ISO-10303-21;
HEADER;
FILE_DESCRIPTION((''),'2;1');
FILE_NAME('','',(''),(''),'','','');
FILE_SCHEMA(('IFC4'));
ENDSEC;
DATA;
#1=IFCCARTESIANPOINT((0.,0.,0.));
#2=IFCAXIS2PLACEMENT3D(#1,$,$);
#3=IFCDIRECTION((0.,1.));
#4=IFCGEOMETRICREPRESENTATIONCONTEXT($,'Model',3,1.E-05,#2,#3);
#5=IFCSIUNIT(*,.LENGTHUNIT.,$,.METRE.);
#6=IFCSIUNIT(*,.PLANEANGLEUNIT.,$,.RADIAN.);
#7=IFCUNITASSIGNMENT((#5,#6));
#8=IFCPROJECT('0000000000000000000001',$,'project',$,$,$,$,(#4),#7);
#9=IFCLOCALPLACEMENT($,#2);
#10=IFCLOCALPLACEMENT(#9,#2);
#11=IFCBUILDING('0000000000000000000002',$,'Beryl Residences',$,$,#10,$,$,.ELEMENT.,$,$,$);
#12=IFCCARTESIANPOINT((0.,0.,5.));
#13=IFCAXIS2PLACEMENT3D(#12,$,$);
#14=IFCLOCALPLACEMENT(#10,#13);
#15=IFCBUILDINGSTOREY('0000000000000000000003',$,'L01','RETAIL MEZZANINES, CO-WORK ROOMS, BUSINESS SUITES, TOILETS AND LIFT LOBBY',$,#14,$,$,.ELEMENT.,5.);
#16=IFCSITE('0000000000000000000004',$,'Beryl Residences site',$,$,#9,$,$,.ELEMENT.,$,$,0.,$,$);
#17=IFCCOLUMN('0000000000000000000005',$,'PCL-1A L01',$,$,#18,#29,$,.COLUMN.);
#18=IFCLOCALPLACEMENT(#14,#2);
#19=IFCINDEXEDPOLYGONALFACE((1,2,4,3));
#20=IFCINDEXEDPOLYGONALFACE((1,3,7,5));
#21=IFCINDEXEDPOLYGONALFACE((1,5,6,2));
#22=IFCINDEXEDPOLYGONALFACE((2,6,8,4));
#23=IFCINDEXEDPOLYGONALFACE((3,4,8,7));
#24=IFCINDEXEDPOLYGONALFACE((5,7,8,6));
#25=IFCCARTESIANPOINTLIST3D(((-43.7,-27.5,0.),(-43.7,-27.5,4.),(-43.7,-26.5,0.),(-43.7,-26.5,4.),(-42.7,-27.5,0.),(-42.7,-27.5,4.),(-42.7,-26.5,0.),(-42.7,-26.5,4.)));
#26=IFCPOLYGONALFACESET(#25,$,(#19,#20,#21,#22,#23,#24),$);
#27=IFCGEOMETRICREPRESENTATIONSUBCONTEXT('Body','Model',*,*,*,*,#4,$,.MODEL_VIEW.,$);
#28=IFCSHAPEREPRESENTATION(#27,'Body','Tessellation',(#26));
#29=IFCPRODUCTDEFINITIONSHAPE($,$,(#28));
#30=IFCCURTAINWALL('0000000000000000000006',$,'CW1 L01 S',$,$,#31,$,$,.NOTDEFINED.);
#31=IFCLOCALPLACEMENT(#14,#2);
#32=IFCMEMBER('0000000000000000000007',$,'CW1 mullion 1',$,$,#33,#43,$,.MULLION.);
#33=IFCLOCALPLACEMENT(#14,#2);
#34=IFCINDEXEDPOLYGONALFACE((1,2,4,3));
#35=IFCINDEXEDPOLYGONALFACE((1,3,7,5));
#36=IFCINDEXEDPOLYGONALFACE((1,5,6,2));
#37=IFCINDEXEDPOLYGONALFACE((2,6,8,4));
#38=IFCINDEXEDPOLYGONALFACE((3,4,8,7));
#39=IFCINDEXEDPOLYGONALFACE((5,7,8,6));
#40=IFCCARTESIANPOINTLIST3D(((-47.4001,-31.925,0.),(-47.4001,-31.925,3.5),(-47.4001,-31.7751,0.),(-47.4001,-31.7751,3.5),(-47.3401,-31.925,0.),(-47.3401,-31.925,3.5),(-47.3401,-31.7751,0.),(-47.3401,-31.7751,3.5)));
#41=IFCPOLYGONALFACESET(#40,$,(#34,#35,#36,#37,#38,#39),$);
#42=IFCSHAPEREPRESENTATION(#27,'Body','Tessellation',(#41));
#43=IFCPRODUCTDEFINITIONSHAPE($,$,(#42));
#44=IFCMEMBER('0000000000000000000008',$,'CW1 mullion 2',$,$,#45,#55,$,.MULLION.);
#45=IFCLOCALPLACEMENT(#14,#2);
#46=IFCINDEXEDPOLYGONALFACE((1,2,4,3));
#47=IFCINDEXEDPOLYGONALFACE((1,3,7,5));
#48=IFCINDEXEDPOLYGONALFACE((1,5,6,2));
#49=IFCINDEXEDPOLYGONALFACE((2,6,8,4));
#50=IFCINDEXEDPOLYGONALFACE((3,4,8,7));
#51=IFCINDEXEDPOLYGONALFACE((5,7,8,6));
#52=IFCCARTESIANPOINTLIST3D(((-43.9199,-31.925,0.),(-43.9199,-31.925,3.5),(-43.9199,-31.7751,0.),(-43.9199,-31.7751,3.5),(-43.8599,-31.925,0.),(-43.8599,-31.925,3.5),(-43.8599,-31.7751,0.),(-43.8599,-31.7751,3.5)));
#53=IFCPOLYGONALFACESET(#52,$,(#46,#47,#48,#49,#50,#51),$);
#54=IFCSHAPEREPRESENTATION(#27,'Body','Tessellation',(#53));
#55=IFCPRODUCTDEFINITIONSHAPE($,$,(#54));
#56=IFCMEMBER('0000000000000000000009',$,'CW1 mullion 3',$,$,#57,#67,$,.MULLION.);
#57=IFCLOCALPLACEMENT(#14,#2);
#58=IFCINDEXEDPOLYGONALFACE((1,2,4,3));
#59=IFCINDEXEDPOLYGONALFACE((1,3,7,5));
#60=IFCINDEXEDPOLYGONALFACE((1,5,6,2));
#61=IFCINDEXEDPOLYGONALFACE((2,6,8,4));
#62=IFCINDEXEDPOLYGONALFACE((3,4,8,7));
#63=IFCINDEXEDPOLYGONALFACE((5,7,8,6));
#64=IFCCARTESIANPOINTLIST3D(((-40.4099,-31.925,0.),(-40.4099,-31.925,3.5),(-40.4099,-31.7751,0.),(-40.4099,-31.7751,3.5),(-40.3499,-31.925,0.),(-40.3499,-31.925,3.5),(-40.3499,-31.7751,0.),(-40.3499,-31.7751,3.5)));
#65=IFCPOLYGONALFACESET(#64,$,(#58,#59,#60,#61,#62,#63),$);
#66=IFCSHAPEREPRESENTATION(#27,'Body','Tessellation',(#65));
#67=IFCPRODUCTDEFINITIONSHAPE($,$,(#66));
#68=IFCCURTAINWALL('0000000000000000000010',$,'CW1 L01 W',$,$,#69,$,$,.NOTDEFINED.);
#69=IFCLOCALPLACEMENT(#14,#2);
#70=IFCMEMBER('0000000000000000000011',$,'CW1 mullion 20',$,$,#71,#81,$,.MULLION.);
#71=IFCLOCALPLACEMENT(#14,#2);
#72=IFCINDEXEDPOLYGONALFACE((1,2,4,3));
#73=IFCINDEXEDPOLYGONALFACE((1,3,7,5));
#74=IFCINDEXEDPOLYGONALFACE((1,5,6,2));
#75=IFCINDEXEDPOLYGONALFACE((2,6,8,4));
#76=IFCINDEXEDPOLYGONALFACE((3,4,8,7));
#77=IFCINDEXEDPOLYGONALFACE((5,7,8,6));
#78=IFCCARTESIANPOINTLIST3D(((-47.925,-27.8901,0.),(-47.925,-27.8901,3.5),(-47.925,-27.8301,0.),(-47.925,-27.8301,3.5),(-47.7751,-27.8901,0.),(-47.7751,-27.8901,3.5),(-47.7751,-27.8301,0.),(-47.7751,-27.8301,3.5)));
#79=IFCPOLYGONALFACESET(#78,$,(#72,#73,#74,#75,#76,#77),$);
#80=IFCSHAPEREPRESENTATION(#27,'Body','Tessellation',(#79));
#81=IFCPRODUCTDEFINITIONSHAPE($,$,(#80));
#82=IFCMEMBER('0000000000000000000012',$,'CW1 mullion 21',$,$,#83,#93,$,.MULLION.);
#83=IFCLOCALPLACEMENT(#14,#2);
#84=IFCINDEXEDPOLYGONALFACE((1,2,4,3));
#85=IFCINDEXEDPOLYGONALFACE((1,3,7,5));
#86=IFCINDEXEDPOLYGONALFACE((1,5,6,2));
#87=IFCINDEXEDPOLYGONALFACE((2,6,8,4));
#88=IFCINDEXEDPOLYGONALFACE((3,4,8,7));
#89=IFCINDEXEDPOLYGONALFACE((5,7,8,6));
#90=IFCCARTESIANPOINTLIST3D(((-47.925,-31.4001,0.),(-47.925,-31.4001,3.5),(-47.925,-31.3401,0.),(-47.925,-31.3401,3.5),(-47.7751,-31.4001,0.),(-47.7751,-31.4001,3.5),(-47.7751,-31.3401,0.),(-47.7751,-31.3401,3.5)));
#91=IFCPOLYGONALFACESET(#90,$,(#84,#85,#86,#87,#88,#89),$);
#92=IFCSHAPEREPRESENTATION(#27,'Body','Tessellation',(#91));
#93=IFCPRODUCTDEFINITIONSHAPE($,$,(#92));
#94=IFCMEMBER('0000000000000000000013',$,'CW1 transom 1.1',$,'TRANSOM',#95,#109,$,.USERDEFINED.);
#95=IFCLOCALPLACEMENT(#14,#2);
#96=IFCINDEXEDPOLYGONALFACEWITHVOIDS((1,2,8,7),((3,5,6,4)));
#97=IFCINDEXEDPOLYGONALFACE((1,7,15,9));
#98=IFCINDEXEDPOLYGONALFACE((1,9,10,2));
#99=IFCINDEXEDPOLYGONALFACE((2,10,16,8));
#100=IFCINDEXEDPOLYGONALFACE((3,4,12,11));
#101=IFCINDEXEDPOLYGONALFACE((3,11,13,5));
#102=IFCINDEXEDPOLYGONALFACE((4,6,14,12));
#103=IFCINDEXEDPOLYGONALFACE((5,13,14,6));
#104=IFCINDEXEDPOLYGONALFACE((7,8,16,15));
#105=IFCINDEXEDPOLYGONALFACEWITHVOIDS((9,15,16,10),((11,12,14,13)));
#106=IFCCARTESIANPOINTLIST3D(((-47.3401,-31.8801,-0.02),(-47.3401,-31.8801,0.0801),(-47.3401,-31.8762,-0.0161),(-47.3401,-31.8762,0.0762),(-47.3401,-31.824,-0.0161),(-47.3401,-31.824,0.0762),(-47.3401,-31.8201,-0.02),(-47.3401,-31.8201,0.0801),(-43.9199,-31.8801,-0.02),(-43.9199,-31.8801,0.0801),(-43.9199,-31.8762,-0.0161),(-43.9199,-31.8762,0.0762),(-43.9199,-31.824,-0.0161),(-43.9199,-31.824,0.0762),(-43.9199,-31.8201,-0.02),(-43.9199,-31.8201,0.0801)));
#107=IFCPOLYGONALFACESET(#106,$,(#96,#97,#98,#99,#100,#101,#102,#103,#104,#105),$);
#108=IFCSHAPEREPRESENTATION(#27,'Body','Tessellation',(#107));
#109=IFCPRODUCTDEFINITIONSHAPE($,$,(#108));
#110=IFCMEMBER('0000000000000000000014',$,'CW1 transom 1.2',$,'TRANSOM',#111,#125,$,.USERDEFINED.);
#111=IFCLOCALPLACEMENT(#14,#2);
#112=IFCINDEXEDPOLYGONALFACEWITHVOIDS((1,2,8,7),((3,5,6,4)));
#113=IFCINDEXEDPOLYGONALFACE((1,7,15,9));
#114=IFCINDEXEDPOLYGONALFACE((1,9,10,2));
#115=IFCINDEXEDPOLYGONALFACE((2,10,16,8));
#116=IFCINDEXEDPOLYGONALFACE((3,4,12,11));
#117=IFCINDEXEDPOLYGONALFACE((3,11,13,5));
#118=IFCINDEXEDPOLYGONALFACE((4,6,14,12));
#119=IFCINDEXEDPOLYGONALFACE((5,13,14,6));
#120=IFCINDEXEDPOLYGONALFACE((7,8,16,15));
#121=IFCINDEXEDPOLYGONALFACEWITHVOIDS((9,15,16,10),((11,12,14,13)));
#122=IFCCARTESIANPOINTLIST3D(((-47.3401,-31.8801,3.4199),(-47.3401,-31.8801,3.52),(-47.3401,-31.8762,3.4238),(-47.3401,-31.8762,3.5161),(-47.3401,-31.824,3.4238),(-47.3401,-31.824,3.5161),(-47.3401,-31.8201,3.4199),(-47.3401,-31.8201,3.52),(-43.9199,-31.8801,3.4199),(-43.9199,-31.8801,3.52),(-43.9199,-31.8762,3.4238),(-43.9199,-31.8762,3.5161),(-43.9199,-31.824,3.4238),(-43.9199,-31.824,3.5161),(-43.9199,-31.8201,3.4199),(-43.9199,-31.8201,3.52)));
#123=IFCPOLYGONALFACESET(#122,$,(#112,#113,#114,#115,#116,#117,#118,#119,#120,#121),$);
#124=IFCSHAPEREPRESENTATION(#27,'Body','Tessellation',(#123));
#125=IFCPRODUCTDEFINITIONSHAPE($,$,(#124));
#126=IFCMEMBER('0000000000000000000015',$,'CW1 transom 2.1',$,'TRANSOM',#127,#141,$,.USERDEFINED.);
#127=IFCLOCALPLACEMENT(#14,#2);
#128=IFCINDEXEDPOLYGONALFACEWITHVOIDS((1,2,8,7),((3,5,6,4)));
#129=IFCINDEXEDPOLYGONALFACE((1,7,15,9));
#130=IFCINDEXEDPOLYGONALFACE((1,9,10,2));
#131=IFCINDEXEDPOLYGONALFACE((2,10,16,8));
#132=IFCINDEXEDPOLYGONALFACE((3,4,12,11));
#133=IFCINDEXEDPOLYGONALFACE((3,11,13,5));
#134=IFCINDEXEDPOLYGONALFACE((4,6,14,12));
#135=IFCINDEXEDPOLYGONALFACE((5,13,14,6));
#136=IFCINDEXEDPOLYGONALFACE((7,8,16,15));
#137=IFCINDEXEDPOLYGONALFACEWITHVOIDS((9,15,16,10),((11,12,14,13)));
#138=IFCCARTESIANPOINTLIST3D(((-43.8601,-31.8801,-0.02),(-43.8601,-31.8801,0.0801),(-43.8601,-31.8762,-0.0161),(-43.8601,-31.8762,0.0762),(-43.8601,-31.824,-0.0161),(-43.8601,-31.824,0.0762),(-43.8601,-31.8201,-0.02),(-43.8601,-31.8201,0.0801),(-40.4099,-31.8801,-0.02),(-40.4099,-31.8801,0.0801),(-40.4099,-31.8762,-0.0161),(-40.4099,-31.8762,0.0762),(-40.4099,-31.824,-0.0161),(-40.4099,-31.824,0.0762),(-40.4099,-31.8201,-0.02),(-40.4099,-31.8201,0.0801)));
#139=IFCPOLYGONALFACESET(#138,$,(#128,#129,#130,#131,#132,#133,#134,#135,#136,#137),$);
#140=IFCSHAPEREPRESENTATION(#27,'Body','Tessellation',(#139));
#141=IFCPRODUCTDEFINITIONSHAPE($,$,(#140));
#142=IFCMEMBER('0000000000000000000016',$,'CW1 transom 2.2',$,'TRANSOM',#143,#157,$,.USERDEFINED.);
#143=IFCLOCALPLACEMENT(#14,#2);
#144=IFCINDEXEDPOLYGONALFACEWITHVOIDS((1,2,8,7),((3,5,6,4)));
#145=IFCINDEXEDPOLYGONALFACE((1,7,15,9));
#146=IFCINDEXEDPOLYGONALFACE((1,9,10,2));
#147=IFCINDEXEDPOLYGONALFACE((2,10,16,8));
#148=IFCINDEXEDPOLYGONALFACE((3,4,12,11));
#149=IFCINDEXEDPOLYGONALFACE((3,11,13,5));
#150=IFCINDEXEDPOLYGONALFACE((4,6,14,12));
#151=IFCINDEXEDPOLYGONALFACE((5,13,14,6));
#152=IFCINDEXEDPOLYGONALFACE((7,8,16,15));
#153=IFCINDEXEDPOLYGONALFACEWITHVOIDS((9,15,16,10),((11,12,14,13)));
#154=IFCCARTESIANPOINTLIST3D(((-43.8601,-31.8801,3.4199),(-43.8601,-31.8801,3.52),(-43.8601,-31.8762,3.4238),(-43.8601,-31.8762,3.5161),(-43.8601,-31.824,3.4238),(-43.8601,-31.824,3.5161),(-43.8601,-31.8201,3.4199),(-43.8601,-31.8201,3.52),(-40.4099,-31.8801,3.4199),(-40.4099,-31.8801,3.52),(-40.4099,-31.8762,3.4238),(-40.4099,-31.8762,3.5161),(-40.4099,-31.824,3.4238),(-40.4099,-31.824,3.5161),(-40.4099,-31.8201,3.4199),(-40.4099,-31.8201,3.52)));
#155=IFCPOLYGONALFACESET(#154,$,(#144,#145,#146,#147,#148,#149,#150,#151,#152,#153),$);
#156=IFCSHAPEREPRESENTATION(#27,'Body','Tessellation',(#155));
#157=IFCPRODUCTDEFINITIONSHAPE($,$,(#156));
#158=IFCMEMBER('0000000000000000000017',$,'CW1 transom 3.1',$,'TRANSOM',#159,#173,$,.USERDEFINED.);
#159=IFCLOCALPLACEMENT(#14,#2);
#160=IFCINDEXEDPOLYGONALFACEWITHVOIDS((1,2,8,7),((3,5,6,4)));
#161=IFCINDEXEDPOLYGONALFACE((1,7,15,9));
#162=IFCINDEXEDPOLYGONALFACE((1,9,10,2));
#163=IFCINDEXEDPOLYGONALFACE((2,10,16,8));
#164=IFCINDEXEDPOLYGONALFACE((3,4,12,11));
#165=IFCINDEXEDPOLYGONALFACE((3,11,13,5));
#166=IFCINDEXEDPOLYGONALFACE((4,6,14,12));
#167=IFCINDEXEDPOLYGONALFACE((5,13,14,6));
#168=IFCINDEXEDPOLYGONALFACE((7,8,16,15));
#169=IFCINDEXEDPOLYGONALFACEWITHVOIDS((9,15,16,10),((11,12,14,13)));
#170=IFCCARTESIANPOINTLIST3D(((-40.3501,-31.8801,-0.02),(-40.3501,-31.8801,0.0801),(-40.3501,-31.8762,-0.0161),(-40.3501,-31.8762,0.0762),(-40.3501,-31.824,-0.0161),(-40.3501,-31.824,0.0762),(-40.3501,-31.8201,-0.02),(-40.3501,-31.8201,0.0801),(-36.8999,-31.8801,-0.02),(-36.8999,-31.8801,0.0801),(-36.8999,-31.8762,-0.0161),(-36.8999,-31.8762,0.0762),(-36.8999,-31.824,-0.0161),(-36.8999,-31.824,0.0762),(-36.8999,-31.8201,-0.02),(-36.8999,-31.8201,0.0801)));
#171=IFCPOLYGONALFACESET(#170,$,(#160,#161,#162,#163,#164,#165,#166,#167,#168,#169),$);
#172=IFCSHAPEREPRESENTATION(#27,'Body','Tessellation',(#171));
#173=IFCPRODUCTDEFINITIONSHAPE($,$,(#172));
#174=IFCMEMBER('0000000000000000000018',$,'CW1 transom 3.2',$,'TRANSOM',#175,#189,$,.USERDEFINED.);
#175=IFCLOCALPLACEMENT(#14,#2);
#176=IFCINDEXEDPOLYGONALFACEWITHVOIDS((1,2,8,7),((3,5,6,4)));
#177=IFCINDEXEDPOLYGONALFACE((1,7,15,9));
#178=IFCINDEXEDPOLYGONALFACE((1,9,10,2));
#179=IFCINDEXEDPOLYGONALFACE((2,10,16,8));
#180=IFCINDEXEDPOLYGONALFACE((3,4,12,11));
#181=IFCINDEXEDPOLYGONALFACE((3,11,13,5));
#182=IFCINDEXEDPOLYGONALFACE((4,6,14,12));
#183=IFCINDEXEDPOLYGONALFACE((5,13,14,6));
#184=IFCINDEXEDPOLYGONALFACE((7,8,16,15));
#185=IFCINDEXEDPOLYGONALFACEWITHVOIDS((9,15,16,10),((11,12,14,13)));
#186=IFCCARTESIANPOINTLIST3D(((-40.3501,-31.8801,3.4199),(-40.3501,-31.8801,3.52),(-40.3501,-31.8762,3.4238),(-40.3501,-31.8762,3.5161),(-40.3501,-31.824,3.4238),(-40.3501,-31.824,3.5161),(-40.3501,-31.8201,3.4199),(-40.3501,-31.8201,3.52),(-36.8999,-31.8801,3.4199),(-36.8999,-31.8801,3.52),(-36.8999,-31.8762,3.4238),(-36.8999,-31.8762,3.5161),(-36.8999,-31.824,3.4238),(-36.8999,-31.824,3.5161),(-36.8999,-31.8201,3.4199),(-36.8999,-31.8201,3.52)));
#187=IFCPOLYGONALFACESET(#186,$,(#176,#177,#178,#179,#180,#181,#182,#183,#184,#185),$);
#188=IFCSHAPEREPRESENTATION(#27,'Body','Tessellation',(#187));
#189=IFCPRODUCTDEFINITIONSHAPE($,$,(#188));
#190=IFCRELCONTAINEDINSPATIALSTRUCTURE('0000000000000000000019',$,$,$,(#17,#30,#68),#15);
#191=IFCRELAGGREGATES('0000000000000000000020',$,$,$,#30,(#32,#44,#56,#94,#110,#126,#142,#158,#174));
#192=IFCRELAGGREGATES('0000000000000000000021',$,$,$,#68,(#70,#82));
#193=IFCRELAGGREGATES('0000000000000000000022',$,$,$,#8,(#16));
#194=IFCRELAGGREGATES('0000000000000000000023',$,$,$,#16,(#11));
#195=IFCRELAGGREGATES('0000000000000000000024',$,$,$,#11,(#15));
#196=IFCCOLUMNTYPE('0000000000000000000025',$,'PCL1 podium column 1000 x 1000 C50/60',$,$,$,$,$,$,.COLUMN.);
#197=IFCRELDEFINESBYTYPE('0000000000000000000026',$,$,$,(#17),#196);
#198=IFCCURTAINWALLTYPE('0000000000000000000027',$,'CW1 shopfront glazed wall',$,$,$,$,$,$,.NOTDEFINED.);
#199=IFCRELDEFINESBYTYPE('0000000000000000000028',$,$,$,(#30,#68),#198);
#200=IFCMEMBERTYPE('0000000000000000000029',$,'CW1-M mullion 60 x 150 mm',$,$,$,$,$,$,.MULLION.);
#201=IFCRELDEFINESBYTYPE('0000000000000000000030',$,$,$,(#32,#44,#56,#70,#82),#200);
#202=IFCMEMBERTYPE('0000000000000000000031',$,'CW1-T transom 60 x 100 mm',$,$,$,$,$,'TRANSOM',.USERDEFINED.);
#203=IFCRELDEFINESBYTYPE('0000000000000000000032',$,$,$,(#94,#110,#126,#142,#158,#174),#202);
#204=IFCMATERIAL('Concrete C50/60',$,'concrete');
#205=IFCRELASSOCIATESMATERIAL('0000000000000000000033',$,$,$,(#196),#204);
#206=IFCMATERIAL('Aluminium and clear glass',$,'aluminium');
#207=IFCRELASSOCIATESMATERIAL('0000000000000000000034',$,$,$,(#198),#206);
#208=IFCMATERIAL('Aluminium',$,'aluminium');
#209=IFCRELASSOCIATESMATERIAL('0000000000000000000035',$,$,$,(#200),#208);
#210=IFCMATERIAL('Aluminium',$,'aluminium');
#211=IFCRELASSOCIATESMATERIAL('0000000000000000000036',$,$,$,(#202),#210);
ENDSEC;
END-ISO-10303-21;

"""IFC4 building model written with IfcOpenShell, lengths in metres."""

from ifc_helpers import new_model, si_unit, direction, frame, origin, origin_2d, place, context, subcontext, project, spatial, rectangle, hollow_rectangle, extrude, material, material_profile, profile_set, type_object, element, aggregate, save


model = new_model("IFC4")

# Units and contexts
model_context = context("Model", 3, precision=1e-05, world=origin(), true_north=direction((0.0, 1.0)))
body_context = subcontext(model_context, "Body", "Model", "MODEL_VIEW")
ifc_project = project(units=[si_unit("LENGTHUNIT", "METRE"), si_unit("PLANEANGLEUNIT", "RADIAN")], contexts=[model_context])

# Site, building, storey
site_placement = place(None, origin())
site = spatial("IfcSite", under=ifc_project, at=site_placement, Name="Beryl Residences site", CompositionType="ELEMENT", RefElevation=0.0)
building_placement = place(site_placement, origin())
building = spatial("IfcBuilding", under=site, at=building_placement, Name="Beryl Residences", CompositionType="ELEMENT")
storey_placement = place(building_placement, frame((0.0, 0.0, 5.0)))
storey = spatial("IfcBuildingStorey", under=building, at=storey_placement, Name="L01", Description="RETAIL MEZZANINES, CO-WORK ROOMS, BUSINESS SUITES, TOILETS AND LIFT LOBBY", CompositionType="ELEMENT", Elevation=5.0)

# Column
ifc_material_1 = material(Name="Concrete C50/60", Category="concrete")
ifc_material_profile_1 = material_profile(ifc_material_1, rectangle(XDim=1.0, YDim=1.0, at=origin_2d()))
ifc_profile_set_1 = profile_set([ifc_material_profile_1], Name="Concrete C50/60")
column_type = type_object("IfcColumnType", Name="PCL1 podium column 1000 x 1000 C50/60", PredefinedType="COLUMN", material=ifc_profile_set_1)
column_placement = place(storey_placement, frame((-43.2, -27.0, 0.0), z_axis=(0.0, 0.0, 1.0), x_axis=(1.0, 0.0, 0.0)))
element("IfcColumn", 1, at=column_placement, inside=storey, type_object=column_type, Name="PCL-1A L01", PredefinedType="COLUMN", context=body_context, shape_type="SweptSolid", body=[
    extrude(rectangle(XDim=1.0, YDim=1.0, at=origin_2d()), origin(), (0.0, 0.0, 1.0), 4.0),
])

# Curtain walls, members
ifc_material_2 = material(Name="Aluminium and clear glass", Category="aluminium")
curtain_wall_type = type_object("IfcCurtainWallType", Name="CW1 shopfront glazed wall", PredefinedType="NOTDEFINED", material=ifc_material_2)
curtain_wall_1_placement = place(storey_placement, origin())
curtain_wall_1 = element("IfcCurtainWall", 2, at=curtain_wall_1_placement, inside=storey, type_object=curtain_wall_type, Name="CW1 L01 S", PredefinedType="NOTDEFINED")
ifc_material_3 = material(Name="Aluminium", Category="aluminium")
ifc_material_profile_2 = material_profile(ifc_material_3, rectangle(XDim=0.0601, YDim=0.1499, at=origin_2d()))
ifc_profile_set_2 = profile_set([ifc_material_profile_2], Name="Aluminium")
member_type_1 = type_object("IfcMemberType", Name="CW1-M mullion 60 x 150 mm", PredefinedType="MULLION", material=ifc_profile_set_2)
member_1_placement = place(storey_placement, frame((-47.3701, -31.8501, 0.0), z_axis=(0.0, 0.0, 1.0), x_axis=(1.0, 0.0, 0.0)))
member_1 = element("IfcMember", 3, at=member_1_placement, type_object=member_type_1, Name="CW1 mullion 1", PredefinedType="MULLION", context=body_context, shape_type="SweptSolid", body=[
    extrude(rectangle(XDim=0.0601, YDim=0.1499, at=origin_2d()), origin(), (0.0, 0.0, 1.0), 3.5),
])
member_2_placement = place(storey_placement, frame((-43.8899, -31.8501, 0.0), z_axis=(0.0, 0.0, 1.0), x_axis=(1.0, 0.0, 0.0)))
member_2 = element("IfcMember", 4, at=member_2_placement, type_object=member_type_1, Name="CW1 mullion 2", PredefinedType="MULLION", context=body_context, shape_type="SweptSolid", body=[
    extrude(rectangle(XDim=0.0601, YDim=0.1499, at=origin_2d()), origin(), (0.0, 0.0, 1.0), 3.5),
])
member_3_placement = place(storey_placement, frame((-40.3799, -31.8501, 0.0), z_axis=(0.0, 0.0, 1.0), x_axis=(1.0, 0.0, 0.0)))
member_3 = element("IfcMember", 5, at=member_3_placement, type_object=member_type_1, Name="CW1 mullion 3", PredefinedType="MULLION", context=body_context, shape_type="SweptSolid", body=[
    extrude(rectangle(XDim=0.0601, YDim=0.1499, at=origin_2d()), origin(), (0.0, 0.0, 1.0), 3.5),
])
curtain_wall_2_placement = place(storey_placement, origin())
curtain_wall_2 = element("IfcCurtainWall", 6, at=curtain_wall_2_placement, inside=storey, type_object=curtain_wall_type, Name="CW1 L01 W", PredefinedType="NOTDEFINED")
member_4_placement = place(storey_placement, frame((-47.8501, -27.8601, 0.0), z_axis=(0.0, 0.0, 1.0), x_axis=(0.0, -1.0, 0.0)))
member_4 = element("IfcMember", 7, at=member_4_placement, type_object=member_type_1, Name="CW1 mullion 20", PredefinedType="MULLION", context=body_context, shape_type="SweptSolid", body=[
    extrude(rectangle(XDim=0.0601, YDim=0.1499, at=origin_2d()), origin(), (0.0, 0.0, 1.0), 3.5),
])
member_5_placement = place(storey_placement, frame((-47.8501, -31.3701, 0.0), z_axis=(0.0, 0.0, 1.0), x_axis=(0.0, -1.0, 0.0)))
member_5 = element("IfcMember", 8, at=member_5_placement, type_object=member_type_1, Name="CW1 mullion 21", PredefinedType="MULLION", context=body_context, shape_type="SweptSolid", body=[
    extrude(rectangle(XDim=0.0601, YDim=0.1499, at=origin_2d()), origin(), (0.0, 0.0, 1.0), 3.5),
])

# Members
ifc_material_4 = material(Name="Aluminium", Category="aluminium")
ifc_material_profile_3 = material_profile(ifc_material_4, hollow_rectangle(XDim=0.0601, YDim=0.1001, WallThickness=0.0039, at=origin_2d()))
ifc_profile_set_3 = profile_set([ifc_material_profile_3], Name="Aluminium")
member_type_2 = type_object("IfcMemberType", Name="CW1-T transom 60 x 100 mm", ElementType="TRANSOM", PredefinedType="USERDEFINED", material=ifc_profile_set_3)
member_6_placement = place(storey_placement, frame((-47.3401, -31.8501, 0.03), z_axis=(1.0, 0.0, 0.0), x_axis=(0.0, 1.0, 0.0)))
member_6 = element("IfcMember", 9, at=member_6_placement, type_object=member_type_2, Name="CW1 transom 1.1", ObjectType="TRANSOM", PredefinedType="USERDEFINED", context=body_context, shape_type="SweptSolid", body=[
    extrude(hollow_rectangle(XDim=0.0601, YDim=0.1001, WallThickness=0.0039, at=origin_2d()), origin(), (0.0, 0.0, 1.0), 3.4202),
])
member_7_placement = place(storey_placement, frame((-47.3401, -31.8501, 3.47), z_axis=(1.0, 0.0, 0.0), x_axis=(0.0, 1.0, 0.0)))
member_7 = element("IfcMember", 10, at=member_7_placement, type_object=member_type_2, Name="CW1 transom 1.2", ObjectType="TRANSOM", PredefinedType="USERDEFINED", context=body_context, shape_type="SweptSolid", body=[
    extrude(hollow_rectangle(XDim=0.0601, YDim=0.1001, WallThickness=0.0039, at=origin_2d()), origin(), (0.0, 0.0, 1.0), 3.4202),
])
member_8_placement = place(storey_placement, frame((-43.8601, -31.8501, 0.03), z_axis=(1.0, 0.0, 0.0), x_axis=(0.0, 1.0, 0.0)))
member_8 = element("IfcMember", 11, at=member_8_placement, type_object=member_type_2, Name="CW1 transom 2.1", ObjectType="TRANSOM", PredefinedType="USERDEFINED", context=body_context, shape_type="SweptSolid", body=[
    extrude(hollow_rectangle(XDim=0.0601, YDim=0.1001, WallThickness=0.0039, at=origin_2d()), origin(), (0.0, 0.0, 1.0), 3.4502),
])
member_9_placement = place(storey_placement, frame((-43.8601, -31.8501, 3.47), z_axis=(1.0, 0.0, 0.0), x_axis=(0.0, 1.0, 0.0)))
member_9 = element("IfcMember", 12, at=member_9_placement, type_object=member_type_2, Name="CW1 transom 2.2", ObjectType="TRANSOM", PredefinedType="USERDEFINED", context=body_context, shape_type="SweptSolid", body=[
    extrude(hollow_rectangle(XDim=0.0601, YDim=0.1001, WallThickness=0.0039, at=origin_2d()), origin(), (0.0, 0.0, 1.0), 3.4502),
])
member_10_placement = place(storey_placement, frame((-40.3501, -31.8501, 0.03), z_axis=(1.0, 0.0, 0.0), x_axis=(0.0, 1.0, 0.0)))
member_10 = element("IfcMember", 13, at=member_10_placement, type_object=member_type_2, Name="CW1 transom 3.1", ObjectType="TRANSOM", PredefinedType="USERDEFINED", context=body_context, shape_type="SweptSolid", body=[
    extrude(hollow_rectangle(XDim=0.0601, YDim=0.1001, WallThickness=0.0039, at=origin_2d()), origin(), (0.0, 0.0, 1.0), 3.4502),
])
member_11_placement = place(storey_placement, frame((-40.3501, -31.8501, 3.47), z_axis=(1.0, 0.0, 0.0), x_axis=(0.0, 1.0, 0.0)))
member_11 = element("IfcMember", 14, at=member_11_placement, type_object=member_type_2, Name="CW1 transom 3.2", ObjectType="TRANSOM", PredefinedType="USERDEFINED", context=body_context, shape_type="SweptSolid", body=[
    extrude(hollow_rectangle(XDim=0.0601, YDim=0.1001, WallThickness=0.0039, at=origin_2d()), origin(), (0.0, 0.0, 1.0), 3.4502),
])

aggregate(curtain_wall_1, [member_1, member_2, member_3, member_6, member_7, member_8, member_9, member_10, member_11])
aggregate(curtain_wall_2, [member_4, member_5])

save(model, "model.ifc")
